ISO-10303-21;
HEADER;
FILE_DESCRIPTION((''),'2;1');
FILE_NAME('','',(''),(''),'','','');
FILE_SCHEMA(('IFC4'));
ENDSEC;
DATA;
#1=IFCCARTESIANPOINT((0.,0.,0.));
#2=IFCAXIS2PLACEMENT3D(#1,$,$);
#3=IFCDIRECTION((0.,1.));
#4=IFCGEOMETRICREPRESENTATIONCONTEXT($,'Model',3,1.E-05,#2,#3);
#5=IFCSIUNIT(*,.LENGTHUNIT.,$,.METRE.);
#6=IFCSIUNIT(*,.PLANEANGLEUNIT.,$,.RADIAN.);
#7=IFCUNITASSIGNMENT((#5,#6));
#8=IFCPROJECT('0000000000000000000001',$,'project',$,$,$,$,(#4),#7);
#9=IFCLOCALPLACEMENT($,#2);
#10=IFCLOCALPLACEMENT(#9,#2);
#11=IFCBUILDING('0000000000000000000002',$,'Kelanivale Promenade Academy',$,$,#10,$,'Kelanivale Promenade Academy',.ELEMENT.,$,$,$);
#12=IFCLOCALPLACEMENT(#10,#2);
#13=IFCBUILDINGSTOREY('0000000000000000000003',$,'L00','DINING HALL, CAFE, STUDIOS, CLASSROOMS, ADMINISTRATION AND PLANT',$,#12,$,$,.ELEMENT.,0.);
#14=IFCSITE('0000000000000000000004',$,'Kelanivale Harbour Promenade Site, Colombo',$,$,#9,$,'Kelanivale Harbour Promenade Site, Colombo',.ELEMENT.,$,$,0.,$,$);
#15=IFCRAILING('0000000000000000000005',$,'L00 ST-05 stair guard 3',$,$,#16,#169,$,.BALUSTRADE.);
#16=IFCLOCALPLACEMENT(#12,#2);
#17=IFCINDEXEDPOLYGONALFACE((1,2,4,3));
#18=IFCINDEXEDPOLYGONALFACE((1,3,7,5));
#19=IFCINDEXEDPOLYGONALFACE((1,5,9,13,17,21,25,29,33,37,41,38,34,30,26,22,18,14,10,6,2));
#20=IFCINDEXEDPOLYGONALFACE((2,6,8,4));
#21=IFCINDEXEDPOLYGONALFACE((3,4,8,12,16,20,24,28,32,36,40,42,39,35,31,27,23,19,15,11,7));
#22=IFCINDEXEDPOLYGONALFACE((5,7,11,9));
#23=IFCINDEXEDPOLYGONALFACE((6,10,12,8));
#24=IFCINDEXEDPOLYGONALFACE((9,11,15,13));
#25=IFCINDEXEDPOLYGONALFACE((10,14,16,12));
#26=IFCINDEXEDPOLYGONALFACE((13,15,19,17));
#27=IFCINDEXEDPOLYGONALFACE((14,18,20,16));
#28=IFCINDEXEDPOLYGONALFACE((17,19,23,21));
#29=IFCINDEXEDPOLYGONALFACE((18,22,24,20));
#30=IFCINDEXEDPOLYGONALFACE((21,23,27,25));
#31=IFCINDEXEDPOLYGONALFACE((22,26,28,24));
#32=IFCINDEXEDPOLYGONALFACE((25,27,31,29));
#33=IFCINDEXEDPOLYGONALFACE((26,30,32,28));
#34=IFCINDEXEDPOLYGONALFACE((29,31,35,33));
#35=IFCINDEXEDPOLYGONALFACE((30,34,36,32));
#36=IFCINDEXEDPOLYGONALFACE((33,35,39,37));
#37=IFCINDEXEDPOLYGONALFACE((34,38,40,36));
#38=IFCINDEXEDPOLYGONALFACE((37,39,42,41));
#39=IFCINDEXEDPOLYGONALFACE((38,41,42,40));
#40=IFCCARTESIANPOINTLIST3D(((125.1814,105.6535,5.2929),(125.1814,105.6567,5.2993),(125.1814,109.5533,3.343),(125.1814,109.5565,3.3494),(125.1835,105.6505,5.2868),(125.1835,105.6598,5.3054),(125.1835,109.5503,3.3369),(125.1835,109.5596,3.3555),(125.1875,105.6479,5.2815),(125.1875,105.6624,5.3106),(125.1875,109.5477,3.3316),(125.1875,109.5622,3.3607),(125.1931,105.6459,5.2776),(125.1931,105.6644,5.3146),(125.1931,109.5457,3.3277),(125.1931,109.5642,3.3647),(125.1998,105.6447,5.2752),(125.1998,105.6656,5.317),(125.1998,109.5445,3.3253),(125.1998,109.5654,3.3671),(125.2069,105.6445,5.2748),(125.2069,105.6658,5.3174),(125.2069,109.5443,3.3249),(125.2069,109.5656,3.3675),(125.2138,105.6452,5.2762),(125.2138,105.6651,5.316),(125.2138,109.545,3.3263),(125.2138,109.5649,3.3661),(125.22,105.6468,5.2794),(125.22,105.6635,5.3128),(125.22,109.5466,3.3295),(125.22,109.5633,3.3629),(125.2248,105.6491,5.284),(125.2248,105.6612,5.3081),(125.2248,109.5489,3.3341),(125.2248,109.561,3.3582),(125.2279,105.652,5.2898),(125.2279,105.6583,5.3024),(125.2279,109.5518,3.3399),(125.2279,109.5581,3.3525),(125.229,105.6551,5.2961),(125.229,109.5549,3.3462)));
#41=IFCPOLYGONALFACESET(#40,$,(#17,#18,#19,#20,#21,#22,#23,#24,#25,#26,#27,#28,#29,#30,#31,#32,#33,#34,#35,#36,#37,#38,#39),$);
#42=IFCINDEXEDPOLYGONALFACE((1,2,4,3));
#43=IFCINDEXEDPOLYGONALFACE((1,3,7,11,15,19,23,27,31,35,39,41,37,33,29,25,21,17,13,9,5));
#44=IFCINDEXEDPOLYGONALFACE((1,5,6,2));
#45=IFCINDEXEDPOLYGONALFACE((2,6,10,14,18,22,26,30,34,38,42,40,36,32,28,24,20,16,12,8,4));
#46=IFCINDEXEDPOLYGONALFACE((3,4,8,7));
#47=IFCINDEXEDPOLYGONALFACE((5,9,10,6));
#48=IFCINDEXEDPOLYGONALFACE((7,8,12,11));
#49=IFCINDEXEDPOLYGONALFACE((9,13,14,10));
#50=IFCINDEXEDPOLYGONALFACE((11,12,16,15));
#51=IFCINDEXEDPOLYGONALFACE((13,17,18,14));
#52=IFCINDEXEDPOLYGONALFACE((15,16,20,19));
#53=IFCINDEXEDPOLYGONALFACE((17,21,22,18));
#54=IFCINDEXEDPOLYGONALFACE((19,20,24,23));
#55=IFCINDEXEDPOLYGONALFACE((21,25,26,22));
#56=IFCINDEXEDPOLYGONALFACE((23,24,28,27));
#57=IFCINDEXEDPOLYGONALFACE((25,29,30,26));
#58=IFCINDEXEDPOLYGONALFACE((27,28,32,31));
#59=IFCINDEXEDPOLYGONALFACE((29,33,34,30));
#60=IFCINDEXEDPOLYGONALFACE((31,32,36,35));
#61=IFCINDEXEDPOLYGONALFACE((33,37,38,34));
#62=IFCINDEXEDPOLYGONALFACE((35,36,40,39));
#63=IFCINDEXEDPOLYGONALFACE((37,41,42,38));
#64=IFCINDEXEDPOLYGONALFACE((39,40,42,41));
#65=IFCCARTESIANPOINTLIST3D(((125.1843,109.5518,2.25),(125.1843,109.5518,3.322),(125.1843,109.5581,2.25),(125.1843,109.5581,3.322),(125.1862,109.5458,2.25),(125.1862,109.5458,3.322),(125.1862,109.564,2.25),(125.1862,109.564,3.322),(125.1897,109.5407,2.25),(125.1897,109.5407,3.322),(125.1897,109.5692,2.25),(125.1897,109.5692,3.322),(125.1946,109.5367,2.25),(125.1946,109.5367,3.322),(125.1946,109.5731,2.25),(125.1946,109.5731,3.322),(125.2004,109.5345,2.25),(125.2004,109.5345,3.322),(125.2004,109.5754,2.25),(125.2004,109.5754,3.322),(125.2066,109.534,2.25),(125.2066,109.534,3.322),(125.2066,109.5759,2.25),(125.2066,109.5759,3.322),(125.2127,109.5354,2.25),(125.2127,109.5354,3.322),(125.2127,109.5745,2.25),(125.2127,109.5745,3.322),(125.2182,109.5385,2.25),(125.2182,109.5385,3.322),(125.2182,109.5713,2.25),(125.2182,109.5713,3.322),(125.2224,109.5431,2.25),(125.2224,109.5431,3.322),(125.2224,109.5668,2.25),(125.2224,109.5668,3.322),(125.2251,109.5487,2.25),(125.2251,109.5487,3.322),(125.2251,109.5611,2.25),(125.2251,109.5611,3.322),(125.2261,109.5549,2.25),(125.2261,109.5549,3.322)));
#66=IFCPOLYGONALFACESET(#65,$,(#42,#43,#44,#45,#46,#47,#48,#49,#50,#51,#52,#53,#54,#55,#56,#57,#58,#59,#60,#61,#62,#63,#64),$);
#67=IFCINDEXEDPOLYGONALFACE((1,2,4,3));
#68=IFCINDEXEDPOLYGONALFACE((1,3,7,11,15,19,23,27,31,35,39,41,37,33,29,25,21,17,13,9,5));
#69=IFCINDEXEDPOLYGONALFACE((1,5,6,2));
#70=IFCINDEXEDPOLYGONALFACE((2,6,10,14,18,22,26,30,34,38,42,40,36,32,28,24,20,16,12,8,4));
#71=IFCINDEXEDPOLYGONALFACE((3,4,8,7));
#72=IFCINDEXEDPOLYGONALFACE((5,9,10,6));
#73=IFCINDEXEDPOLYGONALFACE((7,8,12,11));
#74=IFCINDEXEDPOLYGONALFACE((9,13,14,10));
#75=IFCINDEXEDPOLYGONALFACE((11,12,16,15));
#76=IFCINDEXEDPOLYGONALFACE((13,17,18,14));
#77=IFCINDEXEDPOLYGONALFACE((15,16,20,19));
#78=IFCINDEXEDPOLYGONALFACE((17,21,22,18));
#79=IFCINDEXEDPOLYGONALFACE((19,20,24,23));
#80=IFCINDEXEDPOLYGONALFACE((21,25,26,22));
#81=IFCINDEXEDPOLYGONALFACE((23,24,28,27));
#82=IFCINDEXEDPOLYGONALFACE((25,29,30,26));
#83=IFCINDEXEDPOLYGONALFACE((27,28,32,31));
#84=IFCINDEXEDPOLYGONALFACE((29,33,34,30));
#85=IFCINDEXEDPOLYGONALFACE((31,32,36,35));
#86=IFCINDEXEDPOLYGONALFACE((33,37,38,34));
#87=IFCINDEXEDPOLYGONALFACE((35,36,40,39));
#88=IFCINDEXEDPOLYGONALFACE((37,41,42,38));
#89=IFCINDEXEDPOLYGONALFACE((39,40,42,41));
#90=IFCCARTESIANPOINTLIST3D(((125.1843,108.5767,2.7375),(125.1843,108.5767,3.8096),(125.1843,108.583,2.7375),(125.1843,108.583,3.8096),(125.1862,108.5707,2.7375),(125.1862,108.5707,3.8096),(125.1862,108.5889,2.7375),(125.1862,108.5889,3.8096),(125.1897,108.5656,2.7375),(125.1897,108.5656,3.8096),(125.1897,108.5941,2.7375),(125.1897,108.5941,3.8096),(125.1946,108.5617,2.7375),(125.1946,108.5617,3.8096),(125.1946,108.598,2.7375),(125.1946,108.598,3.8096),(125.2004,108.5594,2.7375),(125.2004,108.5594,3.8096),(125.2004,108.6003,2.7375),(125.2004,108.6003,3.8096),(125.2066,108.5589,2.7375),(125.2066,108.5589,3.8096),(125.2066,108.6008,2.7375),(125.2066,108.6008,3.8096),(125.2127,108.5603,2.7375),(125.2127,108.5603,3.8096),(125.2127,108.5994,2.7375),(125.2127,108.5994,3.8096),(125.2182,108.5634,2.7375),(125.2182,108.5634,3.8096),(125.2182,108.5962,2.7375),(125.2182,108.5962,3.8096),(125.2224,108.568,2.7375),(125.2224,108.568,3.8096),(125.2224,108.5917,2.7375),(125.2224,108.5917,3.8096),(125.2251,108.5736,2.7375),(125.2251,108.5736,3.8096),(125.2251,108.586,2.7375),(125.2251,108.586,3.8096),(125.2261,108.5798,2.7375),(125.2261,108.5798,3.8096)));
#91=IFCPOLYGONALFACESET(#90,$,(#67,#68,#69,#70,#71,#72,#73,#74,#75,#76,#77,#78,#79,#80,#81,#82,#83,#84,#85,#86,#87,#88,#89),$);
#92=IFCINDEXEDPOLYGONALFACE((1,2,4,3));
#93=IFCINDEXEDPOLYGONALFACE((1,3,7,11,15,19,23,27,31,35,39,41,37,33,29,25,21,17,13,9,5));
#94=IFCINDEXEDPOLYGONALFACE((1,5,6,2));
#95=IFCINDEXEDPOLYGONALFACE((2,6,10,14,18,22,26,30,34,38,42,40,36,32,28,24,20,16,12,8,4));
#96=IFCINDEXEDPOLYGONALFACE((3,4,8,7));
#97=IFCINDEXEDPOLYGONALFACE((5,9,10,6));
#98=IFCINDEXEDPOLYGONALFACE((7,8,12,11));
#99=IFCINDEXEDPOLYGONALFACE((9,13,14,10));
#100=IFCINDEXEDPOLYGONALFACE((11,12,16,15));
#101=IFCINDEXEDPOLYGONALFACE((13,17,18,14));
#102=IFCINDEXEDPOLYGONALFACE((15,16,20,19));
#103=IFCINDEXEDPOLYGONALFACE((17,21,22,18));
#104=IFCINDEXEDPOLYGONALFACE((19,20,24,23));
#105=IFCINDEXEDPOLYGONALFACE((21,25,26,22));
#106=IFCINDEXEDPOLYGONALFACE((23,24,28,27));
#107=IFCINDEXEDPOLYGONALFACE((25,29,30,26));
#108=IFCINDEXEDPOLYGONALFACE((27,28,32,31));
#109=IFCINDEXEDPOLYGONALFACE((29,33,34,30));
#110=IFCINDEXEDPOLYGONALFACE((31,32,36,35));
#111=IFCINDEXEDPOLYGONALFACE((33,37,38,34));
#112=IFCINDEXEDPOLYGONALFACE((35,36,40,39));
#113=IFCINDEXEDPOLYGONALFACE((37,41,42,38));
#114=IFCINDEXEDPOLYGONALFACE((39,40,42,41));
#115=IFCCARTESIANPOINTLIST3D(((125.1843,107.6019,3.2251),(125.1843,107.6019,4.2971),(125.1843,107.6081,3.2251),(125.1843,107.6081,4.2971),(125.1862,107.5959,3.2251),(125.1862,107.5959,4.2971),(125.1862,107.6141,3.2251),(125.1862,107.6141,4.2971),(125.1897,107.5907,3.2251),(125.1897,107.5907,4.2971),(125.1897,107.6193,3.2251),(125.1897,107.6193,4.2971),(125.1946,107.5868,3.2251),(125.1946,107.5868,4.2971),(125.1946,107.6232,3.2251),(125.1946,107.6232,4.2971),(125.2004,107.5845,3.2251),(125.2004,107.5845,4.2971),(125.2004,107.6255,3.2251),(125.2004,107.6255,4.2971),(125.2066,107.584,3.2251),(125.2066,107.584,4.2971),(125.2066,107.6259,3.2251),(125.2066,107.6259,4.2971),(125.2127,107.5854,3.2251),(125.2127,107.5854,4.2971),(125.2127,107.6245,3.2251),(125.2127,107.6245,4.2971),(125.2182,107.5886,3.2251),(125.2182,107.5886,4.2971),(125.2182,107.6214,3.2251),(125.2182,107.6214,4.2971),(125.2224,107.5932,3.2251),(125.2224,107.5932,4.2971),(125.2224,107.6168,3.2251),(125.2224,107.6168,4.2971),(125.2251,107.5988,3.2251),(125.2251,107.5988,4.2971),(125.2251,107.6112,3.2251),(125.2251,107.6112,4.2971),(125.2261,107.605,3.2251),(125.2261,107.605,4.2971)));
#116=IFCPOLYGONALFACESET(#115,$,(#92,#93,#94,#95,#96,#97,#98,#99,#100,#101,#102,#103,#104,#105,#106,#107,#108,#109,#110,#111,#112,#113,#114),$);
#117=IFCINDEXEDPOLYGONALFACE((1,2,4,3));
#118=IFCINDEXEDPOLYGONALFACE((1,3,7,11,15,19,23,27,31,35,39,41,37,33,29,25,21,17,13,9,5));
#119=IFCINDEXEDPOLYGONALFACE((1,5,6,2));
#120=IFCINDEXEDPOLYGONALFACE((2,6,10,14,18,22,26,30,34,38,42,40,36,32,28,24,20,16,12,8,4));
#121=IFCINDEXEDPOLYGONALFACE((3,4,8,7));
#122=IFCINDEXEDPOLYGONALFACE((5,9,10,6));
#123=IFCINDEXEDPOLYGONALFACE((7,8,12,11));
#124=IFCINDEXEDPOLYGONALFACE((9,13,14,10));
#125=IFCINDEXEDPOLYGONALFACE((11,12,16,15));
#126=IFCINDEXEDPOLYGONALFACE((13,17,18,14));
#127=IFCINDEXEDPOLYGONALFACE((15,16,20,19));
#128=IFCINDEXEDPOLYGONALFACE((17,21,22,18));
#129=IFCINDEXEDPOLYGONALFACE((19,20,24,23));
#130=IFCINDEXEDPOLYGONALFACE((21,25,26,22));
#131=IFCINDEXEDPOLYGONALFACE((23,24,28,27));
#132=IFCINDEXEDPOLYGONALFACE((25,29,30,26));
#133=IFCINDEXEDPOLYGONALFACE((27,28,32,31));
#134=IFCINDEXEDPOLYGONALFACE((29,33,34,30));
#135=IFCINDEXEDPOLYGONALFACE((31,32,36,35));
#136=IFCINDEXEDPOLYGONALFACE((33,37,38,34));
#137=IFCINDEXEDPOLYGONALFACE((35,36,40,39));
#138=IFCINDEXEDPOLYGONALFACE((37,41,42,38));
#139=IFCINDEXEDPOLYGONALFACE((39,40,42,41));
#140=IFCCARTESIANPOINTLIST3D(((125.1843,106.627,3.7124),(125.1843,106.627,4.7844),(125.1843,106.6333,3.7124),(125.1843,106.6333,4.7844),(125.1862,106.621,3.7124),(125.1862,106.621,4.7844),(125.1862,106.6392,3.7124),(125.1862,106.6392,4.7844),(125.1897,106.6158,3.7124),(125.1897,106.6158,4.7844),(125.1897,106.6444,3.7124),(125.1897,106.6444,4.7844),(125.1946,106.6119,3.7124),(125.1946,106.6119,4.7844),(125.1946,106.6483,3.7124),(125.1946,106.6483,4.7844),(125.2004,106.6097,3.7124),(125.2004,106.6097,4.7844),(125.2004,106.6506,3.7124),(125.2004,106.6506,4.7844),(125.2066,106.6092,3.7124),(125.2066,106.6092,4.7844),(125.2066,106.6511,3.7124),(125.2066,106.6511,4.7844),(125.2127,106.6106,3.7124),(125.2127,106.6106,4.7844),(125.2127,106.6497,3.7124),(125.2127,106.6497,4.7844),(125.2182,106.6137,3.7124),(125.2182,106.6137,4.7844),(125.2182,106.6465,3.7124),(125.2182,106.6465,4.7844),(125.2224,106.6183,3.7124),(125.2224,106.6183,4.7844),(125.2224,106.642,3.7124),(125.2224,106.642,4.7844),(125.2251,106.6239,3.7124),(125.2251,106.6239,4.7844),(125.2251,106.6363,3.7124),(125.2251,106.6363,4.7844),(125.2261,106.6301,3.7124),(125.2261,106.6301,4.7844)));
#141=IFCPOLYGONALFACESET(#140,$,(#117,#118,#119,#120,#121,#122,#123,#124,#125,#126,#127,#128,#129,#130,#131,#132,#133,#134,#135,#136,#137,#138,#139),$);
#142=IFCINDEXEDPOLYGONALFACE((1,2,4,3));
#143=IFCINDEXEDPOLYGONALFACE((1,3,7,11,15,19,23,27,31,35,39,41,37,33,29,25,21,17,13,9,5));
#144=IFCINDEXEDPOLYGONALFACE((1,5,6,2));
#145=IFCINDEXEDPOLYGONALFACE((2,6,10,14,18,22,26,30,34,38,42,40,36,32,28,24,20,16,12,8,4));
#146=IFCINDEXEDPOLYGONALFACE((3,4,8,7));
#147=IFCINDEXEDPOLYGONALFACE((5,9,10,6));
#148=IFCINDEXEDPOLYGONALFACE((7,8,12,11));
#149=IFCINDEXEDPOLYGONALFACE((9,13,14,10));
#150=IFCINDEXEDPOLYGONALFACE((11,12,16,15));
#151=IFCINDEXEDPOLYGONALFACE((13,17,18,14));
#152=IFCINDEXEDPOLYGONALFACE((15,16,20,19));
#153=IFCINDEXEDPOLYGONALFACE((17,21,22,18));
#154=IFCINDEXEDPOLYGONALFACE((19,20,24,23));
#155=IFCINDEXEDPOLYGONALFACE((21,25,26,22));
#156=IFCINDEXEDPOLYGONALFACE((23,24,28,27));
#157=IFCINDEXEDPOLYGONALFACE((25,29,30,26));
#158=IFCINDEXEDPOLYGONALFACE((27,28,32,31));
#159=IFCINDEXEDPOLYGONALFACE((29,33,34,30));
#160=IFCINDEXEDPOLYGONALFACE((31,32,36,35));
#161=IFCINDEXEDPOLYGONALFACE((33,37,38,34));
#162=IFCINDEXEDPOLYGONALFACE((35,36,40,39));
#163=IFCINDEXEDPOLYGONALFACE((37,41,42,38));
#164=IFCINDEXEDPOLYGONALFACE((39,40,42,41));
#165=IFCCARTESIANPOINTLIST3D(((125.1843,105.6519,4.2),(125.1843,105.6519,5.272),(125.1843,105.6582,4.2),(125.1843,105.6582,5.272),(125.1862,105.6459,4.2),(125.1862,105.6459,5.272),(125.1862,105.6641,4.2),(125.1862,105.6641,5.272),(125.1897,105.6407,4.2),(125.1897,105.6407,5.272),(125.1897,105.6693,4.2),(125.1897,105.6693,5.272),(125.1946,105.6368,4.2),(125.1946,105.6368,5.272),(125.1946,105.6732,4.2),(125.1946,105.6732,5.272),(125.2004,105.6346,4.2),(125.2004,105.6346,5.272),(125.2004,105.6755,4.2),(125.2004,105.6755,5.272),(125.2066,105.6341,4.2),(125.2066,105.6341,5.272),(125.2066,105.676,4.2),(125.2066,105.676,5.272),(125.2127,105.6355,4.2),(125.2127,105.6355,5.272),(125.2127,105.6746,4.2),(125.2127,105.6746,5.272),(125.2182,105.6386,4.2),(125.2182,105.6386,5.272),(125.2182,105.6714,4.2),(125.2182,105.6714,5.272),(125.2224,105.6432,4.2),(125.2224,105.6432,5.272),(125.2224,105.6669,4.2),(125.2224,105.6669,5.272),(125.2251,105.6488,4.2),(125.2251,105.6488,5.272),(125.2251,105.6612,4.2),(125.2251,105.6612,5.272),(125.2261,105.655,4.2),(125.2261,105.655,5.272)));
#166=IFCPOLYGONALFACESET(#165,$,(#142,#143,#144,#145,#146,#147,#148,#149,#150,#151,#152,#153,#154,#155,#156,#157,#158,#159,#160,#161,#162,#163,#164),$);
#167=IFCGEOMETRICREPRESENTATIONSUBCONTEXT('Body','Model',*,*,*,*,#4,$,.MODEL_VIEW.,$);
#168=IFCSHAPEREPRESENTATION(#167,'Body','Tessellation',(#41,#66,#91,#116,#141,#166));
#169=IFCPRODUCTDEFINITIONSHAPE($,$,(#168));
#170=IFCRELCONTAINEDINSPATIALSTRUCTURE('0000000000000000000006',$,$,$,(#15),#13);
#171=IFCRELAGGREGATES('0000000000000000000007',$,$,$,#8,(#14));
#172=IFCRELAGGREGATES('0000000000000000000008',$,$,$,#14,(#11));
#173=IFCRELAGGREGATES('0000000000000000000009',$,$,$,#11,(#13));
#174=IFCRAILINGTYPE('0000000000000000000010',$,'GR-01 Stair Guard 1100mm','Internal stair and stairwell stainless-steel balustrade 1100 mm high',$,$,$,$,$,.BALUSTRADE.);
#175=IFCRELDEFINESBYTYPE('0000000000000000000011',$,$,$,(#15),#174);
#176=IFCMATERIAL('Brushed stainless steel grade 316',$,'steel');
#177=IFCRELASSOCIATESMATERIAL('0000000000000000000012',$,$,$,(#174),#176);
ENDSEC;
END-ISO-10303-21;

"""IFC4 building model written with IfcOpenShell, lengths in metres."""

from ifc_helpers import new_model, si_unit, direction, frame, origin, origin_2d, place, context, subcontext, project, spatial, circle, extrude, material, type_object, element, save


model = new_model("IFC4")

# Units and contexts
model_context = context("Model", 3, precision=1e-05, world=origin(), true_north=direction((0.0, 1.0)))
body_context = subcontext(model_context, "Body", "Model", "MODEL_VIEW")
ifc_project = project(units=[si_unit("LENGTHUNIT", "METRE"), si_unit("PLANEANGLEUNIT", "RADIAN")], contexts=[model_context])

# Site, building, storey
site_placement = place(None, origin())
site = spatial("IfcSite", under=ifc_project, at=site_placement, Name="Kelanivale Harbour Promenade Site, Colombo", LongName="Kelanivale Harbour Promenade Site, Colombo", CompositionType="ELEMENT", RefElevation=0.0)
building_placement = place(site_placement, origin())
building = spatial("IfcBuilding", under=site, at=building_placement, Name="Kelanivale Promenade Academy", LongName="Kelanivale Promenade Academy", CompositionType="ELEMENT")
storey_placement = place(building_placement, origin())
storey = spatial("IfcBuildingStorey", under=building, at=storey_placement, Name="L00", Description="DINING HALL, CAFE, STUDIOS, CLASSROOMS, ADMINISTRATION AND PLANT", CompositionType="ELEMENT", Elevation=0.0)

# Railing
ifc_material_1 = material(Name="Brushed stainless steel grade 316", Category="steel")
railing_type_1 = type_object("IfcRailingType", Name="GR-01 Stair Guard 1100mm", Description="Internal stair and stairwell stainless-steel balustrade 1100 mm high", PredefinedType="BALUSTRADE", material=ifc_material_1)
railing_1_placement = place(storey_placement, frame((125.2051, 109.5549, 2.25)))
element("IfcRailing", 1, at=railing_1_placement, inside=storey, type_object=railing_type_1, Name="L00 ST-05 stair guard 3", PredefinedType="BALUSTRADE", context=body_context, shape_type="SweptSolid", body=[
    extrude(circle(Radius=0.0239, at=origin_2d()), frame((0.0, 0.0, 1.0962), z_axis=(0.0, -0.894427, 0.447214), x_axis=(1.0, 0.0, 0.0)), (0.0, 0.0, 1.0), 4.3601),
    extrude(circle(Radius=0.021, at=origin_2d()), origin(), (0.0, 0.0, 1.0), 1.072),
    extrude(circle(Radius=0.021, at=origin_2d()), frame((0.0, -0.9751, 0.4875)), (0.0, 0.0, 1.0), 1.072),
    extrude(circle(Radius=0.021, at=origin_2d()), frame((0.0, -1.95, 0.9751)), (0.0, 0.0, 1.0), 1.072),
    extrude(circle(Radius=0.021, at=origin_2d()), frame((0.0, -2.9248, 1.4624)), (0.0, 0.0, 1.0), 1.072),
    extrude(circle(Radius=0.021, at=origin_2d()), frame((0.0, -3.8999, 1.95)), (0.0, 0.0, 1.0), 1.072),
])

save(model, "model.ifc")
